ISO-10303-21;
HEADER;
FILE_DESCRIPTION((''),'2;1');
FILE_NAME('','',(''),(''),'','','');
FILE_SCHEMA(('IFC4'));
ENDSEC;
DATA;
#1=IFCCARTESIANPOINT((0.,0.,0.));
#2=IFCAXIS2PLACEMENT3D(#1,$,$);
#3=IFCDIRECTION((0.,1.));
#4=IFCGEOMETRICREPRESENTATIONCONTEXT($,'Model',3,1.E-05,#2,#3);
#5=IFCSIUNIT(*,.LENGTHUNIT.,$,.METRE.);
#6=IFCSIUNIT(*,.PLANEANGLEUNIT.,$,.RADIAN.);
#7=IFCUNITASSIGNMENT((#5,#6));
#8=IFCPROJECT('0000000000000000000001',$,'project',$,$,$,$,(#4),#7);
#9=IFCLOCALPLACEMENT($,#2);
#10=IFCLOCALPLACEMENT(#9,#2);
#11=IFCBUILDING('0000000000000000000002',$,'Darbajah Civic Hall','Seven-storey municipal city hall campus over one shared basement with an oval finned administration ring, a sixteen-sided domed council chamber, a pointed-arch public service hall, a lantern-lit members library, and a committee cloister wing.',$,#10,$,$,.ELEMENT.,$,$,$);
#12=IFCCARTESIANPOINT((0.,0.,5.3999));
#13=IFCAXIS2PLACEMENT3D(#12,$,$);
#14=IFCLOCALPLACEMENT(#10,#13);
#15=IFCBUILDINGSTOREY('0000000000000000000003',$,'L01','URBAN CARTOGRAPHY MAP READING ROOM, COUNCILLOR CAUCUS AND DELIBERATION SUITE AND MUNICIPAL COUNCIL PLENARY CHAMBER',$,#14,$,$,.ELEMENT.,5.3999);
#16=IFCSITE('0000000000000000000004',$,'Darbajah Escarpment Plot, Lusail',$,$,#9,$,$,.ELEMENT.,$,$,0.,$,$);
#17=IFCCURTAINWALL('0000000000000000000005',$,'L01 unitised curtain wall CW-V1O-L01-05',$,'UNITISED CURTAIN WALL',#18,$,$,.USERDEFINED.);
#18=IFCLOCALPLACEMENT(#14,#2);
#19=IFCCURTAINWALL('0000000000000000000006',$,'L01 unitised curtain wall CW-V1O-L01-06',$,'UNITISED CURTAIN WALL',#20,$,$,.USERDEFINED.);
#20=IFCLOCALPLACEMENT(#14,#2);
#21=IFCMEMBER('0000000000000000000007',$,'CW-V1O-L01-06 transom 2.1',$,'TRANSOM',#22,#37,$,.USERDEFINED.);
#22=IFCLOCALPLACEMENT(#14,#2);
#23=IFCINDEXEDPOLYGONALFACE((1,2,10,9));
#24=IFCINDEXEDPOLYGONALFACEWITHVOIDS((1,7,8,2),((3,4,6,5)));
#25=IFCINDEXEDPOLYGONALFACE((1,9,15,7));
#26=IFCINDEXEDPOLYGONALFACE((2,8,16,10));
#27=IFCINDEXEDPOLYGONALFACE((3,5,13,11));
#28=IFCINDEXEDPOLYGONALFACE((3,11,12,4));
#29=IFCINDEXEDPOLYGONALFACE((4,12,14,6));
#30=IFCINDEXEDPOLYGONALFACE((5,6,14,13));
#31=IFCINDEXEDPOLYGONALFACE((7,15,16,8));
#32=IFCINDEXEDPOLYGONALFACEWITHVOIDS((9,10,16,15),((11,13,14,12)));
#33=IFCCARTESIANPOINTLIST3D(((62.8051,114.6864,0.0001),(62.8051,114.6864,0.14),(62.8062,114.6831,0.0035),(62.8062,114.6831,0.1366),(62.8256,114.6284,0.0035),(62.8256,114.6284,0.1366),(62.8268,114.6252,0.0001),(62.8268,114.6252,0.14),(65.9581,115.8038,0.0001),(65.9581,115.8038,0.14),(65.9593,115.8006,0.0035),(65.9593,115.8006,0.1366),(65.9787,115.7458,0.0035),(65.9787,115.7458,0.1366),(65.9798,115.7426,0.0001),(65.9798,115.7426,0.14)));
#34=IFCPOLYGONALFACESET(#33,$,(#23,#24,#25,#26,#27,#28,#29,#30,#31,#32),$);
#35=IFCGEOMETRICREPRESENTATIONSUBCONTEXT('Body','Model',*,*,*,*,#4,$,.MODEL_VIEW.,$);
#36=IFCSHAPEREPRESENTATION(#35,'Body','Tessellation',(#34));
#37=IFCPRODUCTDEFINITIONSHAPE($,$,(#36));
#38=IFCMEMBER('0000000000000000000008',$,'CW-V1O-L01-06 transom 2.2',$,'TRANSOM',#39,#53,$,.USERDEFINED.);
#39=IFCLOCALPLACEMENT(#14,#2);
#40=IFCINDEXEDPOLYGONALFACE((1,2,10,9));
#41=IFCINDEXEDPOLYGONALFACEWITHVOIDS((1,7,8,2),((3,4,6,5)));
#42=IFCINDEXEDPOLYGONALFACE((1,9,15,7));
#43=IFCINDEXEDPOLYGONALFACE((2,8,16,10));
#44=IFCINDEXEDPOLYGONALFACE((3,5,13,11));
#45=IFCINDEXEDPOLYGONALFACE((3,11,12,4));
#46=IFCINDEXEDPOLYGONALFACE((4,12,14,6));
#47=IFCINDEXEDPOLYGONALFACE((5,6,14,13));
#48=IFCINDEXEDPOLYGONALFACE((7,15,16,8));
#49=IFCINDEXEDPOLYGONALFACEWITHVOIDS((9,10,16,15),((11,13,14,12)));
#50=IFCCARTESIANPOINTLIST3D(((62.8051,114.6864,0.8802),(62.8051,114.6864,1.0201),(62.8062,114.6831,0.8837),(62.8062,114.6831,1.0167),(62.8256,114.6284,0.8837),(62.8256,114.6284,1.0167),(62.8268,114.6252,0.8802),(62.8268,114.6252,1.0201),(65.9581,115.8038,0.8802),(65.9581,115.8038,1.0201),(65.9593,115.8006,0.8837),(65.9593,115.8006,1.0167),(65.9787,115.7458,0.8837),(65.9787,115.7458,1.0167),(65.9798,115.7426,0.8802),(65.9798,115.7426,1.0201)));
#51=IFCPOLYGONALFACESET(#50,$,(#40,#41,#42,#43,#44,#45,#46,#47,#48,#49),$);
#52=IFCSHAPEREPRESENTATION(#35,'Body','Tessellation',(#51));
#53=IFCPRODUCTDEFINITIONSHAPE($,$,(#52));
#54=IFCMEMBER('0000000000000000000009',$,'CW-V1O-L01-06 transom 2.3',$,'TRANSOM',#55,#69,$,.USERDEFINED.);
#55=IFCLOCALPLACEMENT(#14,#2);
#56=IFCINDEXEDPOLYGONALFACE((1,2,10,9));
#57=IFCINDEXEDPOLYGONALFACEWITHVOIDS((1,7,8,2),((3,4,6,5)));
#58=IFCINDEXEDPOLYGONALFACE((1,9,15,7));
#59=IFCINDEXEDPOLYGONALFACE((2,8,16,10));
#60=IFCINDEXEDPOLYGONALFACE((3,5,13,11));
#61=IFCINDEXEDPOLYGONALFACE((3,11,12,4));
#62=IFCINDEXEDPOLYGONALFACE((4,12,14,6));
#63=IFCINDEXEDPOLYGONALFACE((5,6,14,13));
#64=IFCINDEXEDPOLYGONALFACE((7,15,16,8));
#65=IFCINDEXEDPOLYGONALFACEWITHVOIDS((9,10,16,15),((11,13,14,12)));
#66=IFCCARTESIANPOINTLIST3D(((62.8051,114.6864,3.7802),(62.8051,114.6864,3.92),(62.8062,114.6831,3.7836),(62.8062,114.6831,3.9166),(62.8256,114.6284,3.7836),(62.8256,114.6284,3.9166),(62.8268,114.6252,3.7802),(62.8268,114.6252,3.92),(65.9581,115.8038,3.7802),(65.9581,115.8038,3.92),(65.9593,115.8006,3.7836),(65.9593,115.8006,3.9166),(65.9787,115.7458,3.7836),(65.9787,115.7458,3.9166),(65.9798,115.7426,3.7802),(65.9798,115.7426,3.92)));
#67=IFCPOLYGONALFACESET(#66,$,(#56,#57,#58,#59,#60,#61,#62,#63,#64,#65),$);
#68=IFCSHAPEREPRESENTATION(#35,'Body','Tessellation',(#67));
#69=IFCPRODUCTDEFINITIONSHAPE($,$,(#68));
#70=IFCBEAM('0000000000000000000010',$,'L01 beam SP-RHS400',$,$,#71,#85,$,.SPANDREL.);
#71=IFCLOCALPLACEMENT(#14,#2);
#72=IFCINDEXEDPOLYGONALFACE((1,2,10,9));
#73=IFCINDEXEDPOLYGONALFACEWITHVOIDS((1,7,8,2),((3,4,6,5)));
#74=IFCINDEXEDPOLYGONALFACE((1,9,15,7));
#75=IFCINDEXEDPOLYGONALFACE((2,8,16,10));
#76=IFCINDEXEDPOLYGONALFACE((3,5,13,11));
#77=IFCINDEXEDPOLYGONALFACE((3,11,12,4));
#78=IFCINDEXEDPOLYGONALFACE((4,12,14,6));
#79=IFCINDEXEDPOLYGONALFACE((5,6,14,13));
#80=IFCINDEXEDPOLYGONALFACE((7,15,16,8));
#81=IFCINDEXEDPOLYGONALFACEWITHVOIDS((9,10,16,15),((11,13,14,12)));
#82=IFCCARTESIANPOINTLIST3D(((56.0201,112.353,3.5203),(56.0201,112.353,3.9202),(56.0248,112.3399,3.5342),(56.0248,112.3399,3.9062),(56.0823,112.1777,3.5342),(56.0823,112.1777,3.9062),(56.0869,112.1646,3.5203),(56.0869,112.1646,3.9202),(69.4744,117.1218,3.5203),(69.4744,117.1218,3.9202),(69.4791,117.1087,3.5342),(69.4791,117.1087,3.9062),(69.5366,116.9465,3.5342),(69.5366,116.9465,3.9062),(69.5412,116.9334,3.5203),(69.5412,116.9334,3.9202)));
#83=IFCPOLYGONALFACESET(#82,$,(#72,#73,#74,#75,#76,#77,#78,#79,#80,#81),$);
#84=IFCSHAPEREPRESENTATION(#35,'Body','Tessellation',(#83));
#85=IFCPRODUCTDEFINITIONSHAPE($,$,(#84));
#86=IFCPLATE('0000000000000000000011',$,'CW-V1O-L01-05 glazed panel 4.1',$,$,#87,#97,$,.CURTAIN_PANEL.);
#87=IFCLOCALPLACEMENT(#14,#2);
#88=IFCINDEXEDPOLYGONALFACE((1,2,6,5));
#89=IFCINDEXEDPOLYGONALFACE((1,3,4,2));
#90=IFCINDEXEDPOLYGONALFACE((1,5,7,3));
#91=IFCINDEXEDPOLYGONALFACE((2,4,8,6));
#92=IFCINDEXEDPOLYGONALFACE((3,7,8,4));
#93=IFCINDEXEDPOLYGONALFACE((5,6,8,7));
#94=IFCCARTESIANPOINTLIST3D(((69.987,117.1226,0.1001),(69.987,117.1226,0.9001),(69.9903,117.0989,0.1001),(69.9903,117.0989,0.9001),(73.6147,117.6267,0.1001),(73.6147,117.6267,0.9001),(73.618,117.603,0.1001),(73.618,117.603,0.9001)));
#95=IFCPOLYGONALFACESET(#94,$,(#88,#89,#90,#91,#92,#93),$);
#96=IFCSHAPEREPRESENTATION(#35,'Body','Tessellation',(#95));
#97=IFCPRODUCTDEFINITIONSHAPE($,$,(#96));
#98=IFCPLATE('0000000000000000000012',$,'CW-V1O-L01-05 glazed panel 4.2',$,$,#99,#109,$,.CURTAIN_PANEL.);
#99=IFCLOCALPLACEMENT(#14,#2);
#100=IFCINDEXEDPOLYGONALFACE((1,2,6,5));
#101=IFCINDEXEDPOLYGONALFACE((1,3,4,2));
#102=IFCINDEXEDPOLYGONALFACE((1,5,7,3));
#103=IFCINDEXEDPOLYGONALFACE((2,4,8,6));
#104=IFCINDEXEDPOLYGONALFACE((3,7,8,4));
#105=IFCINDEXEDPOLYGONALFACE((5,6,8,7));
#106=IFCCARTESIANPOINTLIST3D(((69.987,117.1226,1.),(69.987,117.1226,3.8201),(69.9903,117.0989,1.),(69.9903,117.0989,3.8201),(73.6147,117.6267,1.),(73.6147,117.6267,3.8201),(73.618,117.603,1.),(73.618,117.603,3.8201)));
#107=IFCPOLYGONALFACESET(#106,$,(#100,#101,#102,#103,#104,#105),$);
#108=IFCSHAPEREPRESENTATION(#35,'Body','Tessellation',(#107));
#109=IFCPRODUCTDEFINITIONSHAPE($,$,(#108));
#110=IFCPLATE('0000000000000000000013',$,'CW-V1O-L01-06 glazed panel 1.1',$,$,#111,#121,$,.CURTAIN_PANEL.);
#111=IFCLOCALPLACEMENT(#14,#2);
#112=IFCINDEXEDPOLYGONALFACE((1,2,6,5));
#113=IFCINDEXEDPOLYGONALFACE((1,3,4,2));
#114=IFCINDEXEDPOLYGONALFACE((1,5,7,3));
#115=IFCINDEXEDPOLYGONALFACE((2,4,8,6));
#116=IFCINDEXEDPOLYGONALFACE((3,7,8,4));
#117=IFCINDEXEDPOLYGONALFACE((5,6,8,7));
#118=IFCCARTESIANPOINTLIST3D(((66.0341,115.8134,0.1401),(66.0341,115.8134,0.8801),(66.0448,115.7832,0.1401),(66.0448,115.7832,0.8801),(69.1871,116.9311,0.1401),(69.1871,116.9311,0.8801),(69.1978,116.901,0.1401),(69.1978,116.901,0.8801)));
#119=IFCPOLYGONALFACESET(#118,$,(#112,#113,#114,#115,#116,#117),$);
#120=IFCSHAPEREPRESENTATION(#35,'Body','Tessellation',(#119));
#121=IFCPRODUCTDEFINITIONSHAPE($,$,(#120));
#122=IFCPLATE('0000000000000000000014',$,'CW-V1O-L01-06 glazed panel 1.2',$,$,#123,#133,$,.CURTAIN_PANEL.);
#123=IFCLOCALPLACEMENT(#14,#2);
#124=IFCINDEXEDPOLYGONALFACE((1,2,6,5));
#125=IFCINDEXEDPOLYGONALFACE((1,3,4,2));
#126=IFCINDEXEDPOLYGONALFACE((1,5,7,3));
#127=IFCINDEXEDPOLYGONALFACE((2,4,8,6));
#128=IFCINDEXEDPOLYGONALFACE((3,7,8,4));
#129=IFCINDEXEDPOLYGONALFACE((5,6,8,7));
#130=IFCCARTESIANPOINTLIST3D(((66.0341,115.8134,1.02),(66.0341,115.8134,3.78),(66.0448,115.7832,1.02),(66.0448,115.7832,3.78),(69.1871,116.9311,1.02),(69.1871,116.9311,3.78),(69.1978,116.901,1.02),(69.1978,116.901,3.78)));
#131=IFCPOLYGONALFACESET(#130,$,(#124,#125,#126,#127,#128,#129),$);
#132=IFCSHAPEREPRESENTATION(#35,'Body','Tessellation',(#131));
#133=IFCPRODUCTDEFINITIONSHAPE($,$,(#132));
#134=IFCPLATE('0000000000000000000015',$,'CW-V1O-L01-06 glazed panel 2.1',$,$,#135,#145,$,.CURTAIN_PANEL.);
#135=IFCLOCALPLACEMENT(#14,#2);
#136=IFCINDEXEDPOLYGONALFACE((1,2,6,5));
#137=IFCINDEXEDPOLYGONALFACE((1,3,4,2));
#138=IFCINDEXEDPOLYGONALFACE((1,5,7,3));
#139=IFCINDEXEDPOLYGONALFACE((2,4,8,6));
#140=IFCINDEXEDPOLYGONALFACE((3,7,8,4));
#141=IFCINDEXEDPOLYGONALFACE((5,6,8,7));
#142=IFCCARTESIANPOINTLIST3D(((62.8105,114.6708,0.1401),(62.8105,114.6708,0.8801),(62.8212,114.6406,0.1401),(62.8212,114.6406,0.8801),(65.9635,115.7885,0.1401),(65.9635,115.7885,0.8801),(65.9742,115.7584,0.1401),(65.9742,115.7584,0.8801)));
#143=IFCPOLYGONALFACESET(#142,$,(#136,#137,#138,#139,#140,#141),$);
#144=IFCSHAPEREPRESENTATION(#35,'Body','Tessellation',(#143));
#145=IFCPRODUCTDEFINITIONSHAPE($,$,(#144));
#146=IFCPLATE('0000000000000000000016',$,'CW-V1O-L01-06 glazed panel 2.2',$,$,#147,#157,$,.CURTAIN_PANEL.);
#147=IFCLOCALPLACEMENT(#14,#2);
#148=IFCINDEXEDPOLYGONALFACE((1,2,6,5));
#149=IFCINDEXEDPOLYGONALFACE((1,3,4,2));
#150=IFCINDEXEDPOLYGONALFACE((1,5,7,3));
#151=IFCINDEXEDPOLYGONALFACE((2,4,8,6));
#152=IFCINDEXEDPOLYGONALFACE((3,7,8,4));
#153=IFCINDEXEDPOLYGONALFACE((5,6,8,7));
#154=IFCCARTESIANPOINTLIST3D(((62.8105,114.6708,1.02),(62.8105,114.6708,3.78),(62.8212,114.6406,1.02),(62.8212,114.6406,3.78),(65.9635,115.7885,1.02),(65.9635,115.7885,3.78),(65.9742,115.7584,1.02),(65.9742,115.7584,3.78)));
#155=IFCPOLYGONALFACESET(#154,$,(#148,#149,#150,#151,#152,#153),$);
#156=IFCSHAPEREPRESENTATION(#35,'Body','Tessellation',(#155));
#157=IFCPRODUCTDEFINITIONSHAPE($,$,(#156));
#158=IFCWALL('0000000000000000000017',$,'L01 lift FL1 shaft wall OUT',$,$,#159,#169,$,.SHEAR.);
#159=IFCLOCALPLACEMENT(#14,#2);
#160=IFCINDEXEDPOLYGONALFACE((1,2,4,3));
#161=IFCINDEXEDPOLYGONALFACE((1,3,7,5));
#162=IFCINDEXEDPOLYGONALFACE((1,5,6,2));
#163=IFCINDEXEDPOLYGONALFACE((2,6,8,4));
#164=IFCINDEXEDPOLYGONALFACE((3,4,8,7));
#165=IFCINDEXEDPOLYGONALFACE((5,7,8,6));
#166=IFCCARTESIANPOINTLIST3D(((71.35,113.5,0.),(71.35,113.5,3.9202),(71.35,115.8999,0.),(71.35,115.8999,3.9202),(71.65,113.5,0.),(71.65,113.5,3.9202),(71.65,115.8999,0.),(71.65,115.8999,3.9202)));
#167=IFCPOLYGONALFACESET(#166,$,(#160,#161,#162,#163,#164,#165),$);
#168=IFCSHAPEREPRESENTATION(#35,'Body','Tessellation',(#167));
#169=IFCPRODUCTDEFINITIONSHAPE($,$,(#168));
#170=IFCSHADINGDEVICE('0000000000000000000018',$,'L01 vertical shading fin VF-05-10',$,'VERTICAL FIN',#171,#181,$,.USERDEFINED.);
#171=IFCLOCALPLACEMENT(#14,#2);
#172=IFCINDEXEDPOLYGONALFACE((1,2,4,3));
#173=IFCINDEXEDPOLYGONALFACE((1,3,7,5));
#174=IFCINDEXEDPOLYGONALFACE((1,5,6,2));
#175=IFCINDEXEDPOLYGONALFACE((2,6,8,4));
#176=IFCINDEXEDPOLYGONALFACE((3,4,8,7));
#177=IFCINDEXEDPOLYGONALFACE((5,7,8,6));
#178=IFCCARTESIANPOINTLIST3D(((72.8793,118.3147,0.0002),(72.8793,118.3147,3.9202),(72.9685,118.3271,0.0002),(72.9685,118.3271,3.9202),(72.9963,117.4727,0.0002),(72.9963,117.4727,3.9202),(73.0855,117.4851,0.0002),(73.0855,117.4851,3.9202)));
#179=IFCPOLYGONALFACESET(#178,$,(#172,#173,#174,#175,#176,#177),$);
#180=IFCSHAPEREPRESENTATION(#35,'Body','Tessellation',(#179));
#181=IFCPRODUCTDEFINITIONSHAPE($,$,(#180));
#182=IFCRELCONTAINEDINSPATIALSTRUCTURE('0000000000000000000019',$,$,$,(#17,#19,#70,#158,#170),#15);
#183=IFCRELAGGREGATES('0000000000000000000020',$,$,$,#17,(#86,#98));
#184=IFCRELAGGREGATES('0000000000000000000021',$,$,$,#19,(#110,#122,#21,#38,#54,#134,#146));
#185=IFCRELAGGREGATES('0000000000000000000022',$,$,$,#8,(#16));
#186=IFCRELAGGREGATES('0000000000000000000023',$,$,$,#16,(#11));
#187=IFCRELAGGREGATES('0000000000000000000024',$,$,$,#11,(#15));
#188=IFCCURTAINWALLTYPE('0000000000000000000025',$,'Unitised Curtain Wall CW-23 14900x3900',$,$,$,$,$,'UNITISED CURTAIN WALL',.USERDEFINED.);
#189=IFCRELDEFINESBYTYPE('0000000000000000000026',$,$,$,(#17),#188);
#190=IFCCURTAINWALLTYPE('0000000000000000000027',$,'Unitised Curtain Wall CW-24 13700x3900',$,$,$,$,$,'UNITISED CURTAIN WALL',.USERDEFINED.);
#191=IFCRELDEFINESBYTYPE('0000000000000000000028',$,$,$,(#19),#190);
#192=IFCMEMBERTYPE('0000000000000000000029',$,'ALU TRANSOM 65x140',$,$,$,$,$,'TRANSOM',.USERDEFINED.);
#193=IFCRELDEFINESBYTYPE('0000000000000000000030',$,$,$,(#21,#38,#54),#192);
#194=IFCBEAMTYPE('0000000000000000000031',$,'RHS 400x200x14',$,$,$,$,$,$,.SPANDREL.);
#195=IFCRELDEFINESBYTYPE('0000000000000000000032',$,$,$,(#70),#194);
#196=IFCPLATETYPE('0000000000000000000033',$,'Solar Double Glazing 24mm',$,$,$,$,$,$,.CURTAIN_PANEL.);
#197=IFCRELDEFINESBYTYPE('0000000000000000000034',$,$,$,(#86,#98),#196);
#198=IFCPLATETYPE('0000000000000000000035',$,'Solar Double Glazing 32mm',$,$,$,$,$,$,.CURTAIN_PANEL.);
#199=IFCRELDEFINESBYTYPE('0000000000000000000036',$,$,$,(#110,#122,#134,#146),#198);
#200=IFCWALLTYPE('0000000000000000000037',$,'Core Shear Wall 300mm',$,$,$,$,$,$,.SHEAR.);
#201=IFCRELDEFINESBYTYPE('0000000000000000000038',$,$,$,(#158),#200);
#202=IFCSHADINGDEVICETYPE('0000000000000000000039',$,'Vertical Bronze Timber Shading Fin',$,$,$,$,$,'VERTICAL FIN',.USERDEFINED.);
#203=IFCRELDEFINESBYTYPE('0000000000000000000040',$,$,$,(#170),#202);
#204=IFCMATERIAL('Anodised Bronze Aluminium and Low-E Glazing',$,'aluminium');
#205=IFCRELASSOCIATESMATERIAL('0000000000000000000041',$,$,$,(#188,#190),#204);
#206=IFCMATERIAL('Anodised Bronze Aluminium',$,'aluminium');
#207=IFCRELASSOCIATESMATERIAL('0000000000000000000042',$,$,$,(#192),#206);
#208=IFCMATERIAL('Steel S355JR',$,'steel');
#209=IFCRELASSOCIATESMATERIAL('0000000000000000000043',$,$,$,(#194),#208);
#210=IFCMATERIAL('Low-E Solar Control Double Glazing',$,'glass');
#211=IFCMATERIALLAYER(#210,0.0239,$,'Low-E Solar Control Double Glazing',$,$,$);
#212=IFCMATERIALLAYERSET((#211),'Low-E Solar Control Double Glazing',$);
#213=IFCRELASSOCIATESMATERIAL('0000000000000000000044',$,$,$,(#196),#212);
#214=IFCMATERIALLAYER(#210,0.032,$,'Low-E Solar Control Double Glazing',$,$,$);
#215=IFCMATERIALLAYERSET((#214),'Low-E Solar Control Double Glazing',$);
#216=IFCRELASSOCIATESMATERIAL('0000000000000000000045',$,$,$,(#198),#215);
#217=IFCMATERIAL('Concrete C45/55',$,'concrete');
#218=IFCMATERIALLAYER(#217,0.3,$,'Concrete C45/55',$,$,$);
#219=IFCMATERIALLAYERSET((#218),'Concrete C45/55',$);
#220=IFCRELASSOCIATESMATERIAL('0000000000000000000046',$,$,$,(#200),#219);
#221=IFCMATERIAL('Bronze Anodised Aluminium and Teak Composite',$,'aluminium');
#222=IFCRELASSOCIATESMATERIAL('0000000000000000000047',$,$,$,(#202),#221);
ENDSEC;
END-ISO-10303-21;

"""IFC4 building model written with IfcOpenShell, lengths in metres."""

from ifc_helpers import new_model, si_unit, direction, frame, frame_2d, origin, origin_2d, place, context, subcontext, project, spatial, rectangle, hollow_rectangle, extrude, material, layer, layer_set, material_profile, profile_set, type_object, element, aggregate, save


model = new_model("IFC4")

# Units and contexts
model_context = context("Model", 3, precision=1e-05, world=origin(), true_north=direction((0.0, 1.0)))
body_context = subcontext(model_context, "Body", "Model", "MODEL_VIEW")
ifc_project = project(units=[si_unit("LENGTHUNIT", "METRE"), si_unit("PLANEANGLEUNIT", "RADIAN")], contexts=[model_context])

# Site, building, storey
site_placement = place(None, origin())
site = spatial("IfcSite", under=ifc_project, at=site_placement, Name="Darbajah Escarpment Plot, Lusail", CompositionType="ELEMENT", RefElevation=0.0)
building_placement = place(site_placement, origin())
building = spatial("IfcBuilding", under=site, at=building_placement, Name="Darbajah Civic Hall", Description="Seven-storey municipal city hall campus over one shared basement with an oval finned administration ring, a sixteen-sided domed council chamber, a pointed-arch public service hall, a lantern-lit members library, and a committee cloister wing.", CompositionType="ELEMENT")
storey_placement = place(building_placement, frame((0.0, 0.0, 5.3999)))
storey = spatial("IfcBuildingStorey", under=building, at=storey_placement, Name="L01", Description="URBAN CARTOGRAPHY MAP READING ROOM, COUNCILLOR CAUCUS AND DELIBERATION SUITE AND MUNICIPAL COUNCIL PLENARY CHAMBER", CompositionType="ELEMENT", Elevation=5.3999)

# Curtain wall
ifc_material_1 = material(Name="Anodised Bronze Aluminium and Low-E Glazing", Category="aluminium")
curtain_wall_type_1 = type_object("IfcCurtainWallType", Name="Unitised Curtain Wall CW-23 14900x3900", ElementType="UNITISED CURTAIN WALL", PredefinedType="USERDEFINED", material=ifc_material_1)
curtain_wall_1_placement = place(storey_placement, origin())
curtain_wall_1 = element("IfcCurtainWall", 1, at=curtain_wall_1_placement, inside=storey, type_object=curtain_wall_type_1, Name="L01 unitised curtain wall CW-V1O-L01-05", ObjectType="UNITISED CURTAIN WALL", PredefinedType="USERDEFINED")
ifc_material_2 = material(Name="Anodised Bronze Aluminium", Category="aluminium")

# Curtain wall
curtain_wall_type_2 = type_object("IfcCurtainWallType", Name="Unitised Curtain Wall CW-24 13700x3900", ElementType="UNITISED CURTAIN WALL", PredefinedType="USERDEFINED", material=ifc_material_1)
curtain_wall_2_placement = place(storey_placement, origin())
curtain_wall_2 = element("IfcCurtainWall", 2, at=curtain_wall_2_placement, inside=storey, type_object=curtain_wall_type_2, Name="L01 unitised curtain wall CW-V1O-L01-06", ObjectType="UNITISED CURTAIN WALL", PredefinedType="USERDEFINED")

# Members
ifc_material_profile_1 = material_profile(ifc_material_2, hollow_rectangle(XDim=0.0649, YDim=0.1399, WallThickness=0.0034, at=origin_2d()), Name="ALU TRANSOM 65x140")
ifc_profile_set_1 = profile_set([ifc_material_profile_1], Name="Anodised Bronze Aluminium")
member_type_1 = type_object("IfcMemberType", Name="ALU TRANSOM 65x140", ElementType="TRANSOM", PredefinedType="USERDEFINED", material=ifc_profile_set_1)
member_1_placement = place(storey_placement, frame((65.969, 115.7732, 0.0701), z_axis=(-0.94256, -0.334038, 0.0), x_axis=(0.334038, -0.94256, 0.0)))
member_1 = element("IfcMember", 3, at=member_1_placement, type_object=member_type_1, Name="CW-V1O-L01-06 transom 2.1", ObjectType="TRANSOM", PredefinedType="USERDEFINED", context=body_context, shape_type="SweptSolid", body=[
    extrude(hollow_rectangle(XDim=0.0649, YDim=0.1399, WallThickness=0.0034, at=origin_2d()), origin(), (0.0, 0.0, 1.0), 3.3452),
])
member_2_placement = place(storey_placement, frame((65.969, 115.7732, 0.9502), z_axis=(-0.94256, -0.334038, 0.0), x_axis=(0.334038, -0.94256, 0.0)))
member_2 = element("IfcMember", 4, at=member_2_placement, type_object=member_type_1, Name="CW-V1O-L01-06 transom 2.2", ObjectType="TRANSOM", PredefinedType="USERDEFINED", context=body_context, shape_type="SweptSolid", body=[
    extrude(hollow_rectangle(XDim=0.0649, YDim=0.1399, WallThickness=0.0034, at=origin_2d()), origin(), (0.0, 0.0, 1.0), 3.3452),
])
member_3_placement = place(storey_placement, frame((65.969, 115.7732, 3.8501), z_axis=(-0.94256, -0.334038, 0.0), x_axis=(0.334038, -0.94256, 0.0)))
member_3 = element("IfcMember", 5, at=member_3_placement, type_object=member_type_1, Name="CW-V1O-L01-06 transom 2.3", ObjectType="TRANSOM", PredefinedType="USERDEFINED", context=body_context, shape_type="SweptSolid", body=[
    extrude(hollow_rectangle(XDim=0.0649, YDim=0.1399, WallThickness=0.0034, at=origin_2d()), origin(), (0.0, 0.0, 1.0), 3.3452),
])

# Beam
ifc_material_3 = material(Name="Steel S355JR", Category="steel")
ifc_material_profile_2 = material_profile(ifc_material_3, hollow_rectangle(XDim=0.2, YDim=0.3999, WallThickness=0.0139, at=origin_2d()), Name="RHS 400x200x14")
ifc_profile_set_2 = profile_set([ifc_material_profile_2], Name="Steel S355JR")
beam_type = type_object("IfcBeamType", Name="RHS 400x200x14", PredefinedType="SPANDREL", material=ifc_profile_set_2)
beam_placement = place(storey_placement, frame((69.5078, 117.0276, 3.7202), z_axis=(-0.942545, -0.334079, 0.0), x_axis=(0.334079, -0.942545, 0.0)))
element("IfcBeam", 6, at=beam_placement, inside=storey, type_object=beam_type, Name="L01 beam SP-RHS400", PredefinedType="SPANDREL", context=body_context, shape_type="SweptSolid", body=[
    extrude(hollow_rectangle(XDim=0.2, YDim=0.3999, WallThickness=0.0139, at=origin_2d()), origin(), (0.0, 0.0, 1.0), 14.2744),
])

# Plates
ifc_material_4 = material(Name="Low-E Solar Control Double Glazing", Category="glass")
ifc_layer_1 = layer(ifc_material_4, 0.0239, Name="Low-E Solar Control Double Glazing")
ifc_layer_set_1 = layer_set([ifc_layer_1], Name="Low-E Solar Control Double Glazing")
plate_type_1 = type_object("IfcPlateType", Name="Solar Double Glazing 24mm", PredefinedType="CURTAIN_PANEL", material=ifc_layer_set_1)
plate_1_placement = place(storey_placement, frame((71.8025, 117.3628, 0.1001), z_axis=(0.0, 0.0, 1.0), x_axis=(-0.990485, -0.137617, 0.0)))
plate_1 = element("IfcPlate", 7, at=plate_1_placement, type_object=plate_type_1, Name="CW-V1O-L01-05 glazed panel 4.1", PredefinedType="CURTAIN_PANEL", context=body_context, shape_type="SweptSolid", body=[
    extrude(rectangle(XDim=3.6626, YDim=0.0239, at=origin_2d()), origin(), (0.0, 0.0, 1.0), 0.8),
])
plate_2_placement = place(storey_placement, frame((71.8025, 117.3628, 1.0), z_axis=(0.0, 0.0, 1.0), x_axis=(-0.990485, -0.137617, 0.0)))
plate_2 = element("IfcPlate", 8, at=plate_2_placement, type_object=plate_type_1, Name="CW-V1O-L01-05 glazed panel 4.2", PredefinedType="CURTAIN_PANEL", context=body_context, shape_type="SweptSolid", body=[
    extrude(rectangle(XDim=3.6626, YDim=0.0239, at=origin_2d()), origin(), (0.0, 0.0, 1.0), 2.8201),
])
aggregate(curtain_wall_1, [plate_1, plate_2])
ifc_layer_2 = layer(ifc_material_4, 0.032, Name="Low-E Solar Control Double Glazing")
ifc_layer_set_2 = layer_set([ifc_layer_2], Name="Low-E Solar Control Double Glazing")
plate_type_2 = type_object("IfcPlateType", Name="Solar Double Glazing 32mm", PredefinedType="CURTAIN_PANEL", material=ifc_layer_set_2)
plate_3_placement = place(storey_placement, frame((67.616, 116.3572, 0.1401), z_axis=(0.0, 0.0, 1.0), x_axis=(-0.942525, -0.334136, 0.0)))
plate_3 = element("IfcPlate", 9, at=plate_3_placement, type_object=plate_type_2, Name="CW-V1O-L01-06 glazed panel 1.1", PredefinedType="CURTAIN_PANEL", context=body_context, shape_type="SweptSolid", body=[
    extrude(rectangle(XDim=3.3452, YDim=0.032, at=origin_2d()), origin(), (0.0, 0.0, 1.0), 0.74),
])
plate_4_placement = place(storey_placement, frame((67.616, 116.3572, 1.02), z_axis=(0.0, 0.0, 1.0), x_axis=(-0.942525, -0.334136, 0.0)))
plate_4 = element("IfcPlate", 10, at=plate_4_placement, type_object=plate_type_2, Name="CW-V1O-L01-06 glazed panel 1.2", PredefinedType="CURTAIN_PANEL", context=body_context, shape_type="SweptSolid", body=[
    extrude(rectangle(XDim=3.3452, YDim=0.032, at=origin_2d()), origin(), (0.0, 0.0, 1.0), 2.76),
])
plate_5_placement = place(storey_placement, frame((64.3923, 115.2146, 0.1401), z_axis=(0.0, 0.0, 1.0), x_axis=(-0.942525, -0.334136, 0.0)))
plate_5 = element("IfcPlate", 11, at=plate_5_placement, type_object=plate_type_2, Name="CW-V1O-L01-06 glazed panel 2.1", PredefinedType="CURTAIN_PANEL", context=body_context, shape_type="SweptSolid", body=[
    extrude(rectangle(XDim=3.3452, YDim=0.032, at=origin_2d()), origin(), (0.0, 0.0, 1.0), 0.74),
])
plate_6_placement = place(storey_placement, frame((64.3923, 115.2146, 1.02), z_axis=(0.0, 0.0, 1.0), x_axis=(-0.942525, -0.334136, 0.0)))
plate_6 = element("IfcPlate", 12, at=plate_6_placement, type_object=plate_type_2, Name="CW-V1O-L01-06 glazed panel 2.2", PredefinedType="CURTAIN_PANEL", context=body_context, shape_type="SweptSolid", body=[
    extrude(rectangle(XDim=3.3452, YDim=0.032, at=origin_2d()), origin(), (0.0, 0.0, 1.0), 2.76),
])
aggregate(curtain_wall_2, [plate_3, plate_4, member_1, member_2, member_3, plate_5, plate_6])

# Wall
ifc_material_5 = material(Name="Concrete C45/55", Category="concrete")
ifc_layer_3 = layer(ifc_material_5, 0.3, Name="Concrete C45/55")
ifc_layer_set_3 = layer_set([ifc_layer_3], Name="Concrete C45/55")
wall_type = type_object("IfcWallType", Name="Core Shear Wall 300mm", PredefinedType="SHEAR", material=ifc_layer_set_3)
wall_placement = place(storey_placement, frame((71.5, 115.8999, 0.0), z_axis=(0.0, 0.0, 1.0), x_axis=(0.0, -1.0, 0.0)))
element("IfcWall", 13, at=wall_placement, inside=storey, type_object=wall_type, Name="L01 lift FL1 shaft wall OUT", PredefinedType="SHEAR", context=body_context, shape_type="SweptSolid", body=[
    extrude(rectangle(XDim=2.3999, YDim=0.3, at=frame_2d((1.2, 0.0))), origin(), (0.0, 0.0, 1.0), 3.9202),
])

# Shading device
ifc_material_6 = material(Name="Bronze Anodised Aluminium and Teak Composite", Category="aluminium")
shading_device_type = type_object("IfcShadingDeviceType", Name="Vertical Bronze Timber Shading Fin", ElementType="VERTICAL FIN", PredefinedType="USERDEFINED", material=ifc_material_6)
for number, where, z_axis, x_axis, name in (
    (14, (72.9824, 117.8999, 0.0002), (0.0, 0.0, 1.0), (-0.137617, 0.990485, 0.0), "L01 vertical shading fin VF-05-10"),
):
    element("IfcShadingDevice", number, at=place(storey_placement, frame(where, z_axis=z_axis, x_axis=x_axis)), inside=storey, type_object=shading_device_type, Name=name, ObjectType="VERTICAL FIN", PredefinedType="USERDEFINED", context=body_context, shape_type="SweptSolid", body=[
        extrude(rectangle(XDim=0.8501, YDim=0.0901, at=origin_2d()), origin(), (0.0, 0.0, 1.0), 3.9199),
    ])

save(model, "model.ifc")
